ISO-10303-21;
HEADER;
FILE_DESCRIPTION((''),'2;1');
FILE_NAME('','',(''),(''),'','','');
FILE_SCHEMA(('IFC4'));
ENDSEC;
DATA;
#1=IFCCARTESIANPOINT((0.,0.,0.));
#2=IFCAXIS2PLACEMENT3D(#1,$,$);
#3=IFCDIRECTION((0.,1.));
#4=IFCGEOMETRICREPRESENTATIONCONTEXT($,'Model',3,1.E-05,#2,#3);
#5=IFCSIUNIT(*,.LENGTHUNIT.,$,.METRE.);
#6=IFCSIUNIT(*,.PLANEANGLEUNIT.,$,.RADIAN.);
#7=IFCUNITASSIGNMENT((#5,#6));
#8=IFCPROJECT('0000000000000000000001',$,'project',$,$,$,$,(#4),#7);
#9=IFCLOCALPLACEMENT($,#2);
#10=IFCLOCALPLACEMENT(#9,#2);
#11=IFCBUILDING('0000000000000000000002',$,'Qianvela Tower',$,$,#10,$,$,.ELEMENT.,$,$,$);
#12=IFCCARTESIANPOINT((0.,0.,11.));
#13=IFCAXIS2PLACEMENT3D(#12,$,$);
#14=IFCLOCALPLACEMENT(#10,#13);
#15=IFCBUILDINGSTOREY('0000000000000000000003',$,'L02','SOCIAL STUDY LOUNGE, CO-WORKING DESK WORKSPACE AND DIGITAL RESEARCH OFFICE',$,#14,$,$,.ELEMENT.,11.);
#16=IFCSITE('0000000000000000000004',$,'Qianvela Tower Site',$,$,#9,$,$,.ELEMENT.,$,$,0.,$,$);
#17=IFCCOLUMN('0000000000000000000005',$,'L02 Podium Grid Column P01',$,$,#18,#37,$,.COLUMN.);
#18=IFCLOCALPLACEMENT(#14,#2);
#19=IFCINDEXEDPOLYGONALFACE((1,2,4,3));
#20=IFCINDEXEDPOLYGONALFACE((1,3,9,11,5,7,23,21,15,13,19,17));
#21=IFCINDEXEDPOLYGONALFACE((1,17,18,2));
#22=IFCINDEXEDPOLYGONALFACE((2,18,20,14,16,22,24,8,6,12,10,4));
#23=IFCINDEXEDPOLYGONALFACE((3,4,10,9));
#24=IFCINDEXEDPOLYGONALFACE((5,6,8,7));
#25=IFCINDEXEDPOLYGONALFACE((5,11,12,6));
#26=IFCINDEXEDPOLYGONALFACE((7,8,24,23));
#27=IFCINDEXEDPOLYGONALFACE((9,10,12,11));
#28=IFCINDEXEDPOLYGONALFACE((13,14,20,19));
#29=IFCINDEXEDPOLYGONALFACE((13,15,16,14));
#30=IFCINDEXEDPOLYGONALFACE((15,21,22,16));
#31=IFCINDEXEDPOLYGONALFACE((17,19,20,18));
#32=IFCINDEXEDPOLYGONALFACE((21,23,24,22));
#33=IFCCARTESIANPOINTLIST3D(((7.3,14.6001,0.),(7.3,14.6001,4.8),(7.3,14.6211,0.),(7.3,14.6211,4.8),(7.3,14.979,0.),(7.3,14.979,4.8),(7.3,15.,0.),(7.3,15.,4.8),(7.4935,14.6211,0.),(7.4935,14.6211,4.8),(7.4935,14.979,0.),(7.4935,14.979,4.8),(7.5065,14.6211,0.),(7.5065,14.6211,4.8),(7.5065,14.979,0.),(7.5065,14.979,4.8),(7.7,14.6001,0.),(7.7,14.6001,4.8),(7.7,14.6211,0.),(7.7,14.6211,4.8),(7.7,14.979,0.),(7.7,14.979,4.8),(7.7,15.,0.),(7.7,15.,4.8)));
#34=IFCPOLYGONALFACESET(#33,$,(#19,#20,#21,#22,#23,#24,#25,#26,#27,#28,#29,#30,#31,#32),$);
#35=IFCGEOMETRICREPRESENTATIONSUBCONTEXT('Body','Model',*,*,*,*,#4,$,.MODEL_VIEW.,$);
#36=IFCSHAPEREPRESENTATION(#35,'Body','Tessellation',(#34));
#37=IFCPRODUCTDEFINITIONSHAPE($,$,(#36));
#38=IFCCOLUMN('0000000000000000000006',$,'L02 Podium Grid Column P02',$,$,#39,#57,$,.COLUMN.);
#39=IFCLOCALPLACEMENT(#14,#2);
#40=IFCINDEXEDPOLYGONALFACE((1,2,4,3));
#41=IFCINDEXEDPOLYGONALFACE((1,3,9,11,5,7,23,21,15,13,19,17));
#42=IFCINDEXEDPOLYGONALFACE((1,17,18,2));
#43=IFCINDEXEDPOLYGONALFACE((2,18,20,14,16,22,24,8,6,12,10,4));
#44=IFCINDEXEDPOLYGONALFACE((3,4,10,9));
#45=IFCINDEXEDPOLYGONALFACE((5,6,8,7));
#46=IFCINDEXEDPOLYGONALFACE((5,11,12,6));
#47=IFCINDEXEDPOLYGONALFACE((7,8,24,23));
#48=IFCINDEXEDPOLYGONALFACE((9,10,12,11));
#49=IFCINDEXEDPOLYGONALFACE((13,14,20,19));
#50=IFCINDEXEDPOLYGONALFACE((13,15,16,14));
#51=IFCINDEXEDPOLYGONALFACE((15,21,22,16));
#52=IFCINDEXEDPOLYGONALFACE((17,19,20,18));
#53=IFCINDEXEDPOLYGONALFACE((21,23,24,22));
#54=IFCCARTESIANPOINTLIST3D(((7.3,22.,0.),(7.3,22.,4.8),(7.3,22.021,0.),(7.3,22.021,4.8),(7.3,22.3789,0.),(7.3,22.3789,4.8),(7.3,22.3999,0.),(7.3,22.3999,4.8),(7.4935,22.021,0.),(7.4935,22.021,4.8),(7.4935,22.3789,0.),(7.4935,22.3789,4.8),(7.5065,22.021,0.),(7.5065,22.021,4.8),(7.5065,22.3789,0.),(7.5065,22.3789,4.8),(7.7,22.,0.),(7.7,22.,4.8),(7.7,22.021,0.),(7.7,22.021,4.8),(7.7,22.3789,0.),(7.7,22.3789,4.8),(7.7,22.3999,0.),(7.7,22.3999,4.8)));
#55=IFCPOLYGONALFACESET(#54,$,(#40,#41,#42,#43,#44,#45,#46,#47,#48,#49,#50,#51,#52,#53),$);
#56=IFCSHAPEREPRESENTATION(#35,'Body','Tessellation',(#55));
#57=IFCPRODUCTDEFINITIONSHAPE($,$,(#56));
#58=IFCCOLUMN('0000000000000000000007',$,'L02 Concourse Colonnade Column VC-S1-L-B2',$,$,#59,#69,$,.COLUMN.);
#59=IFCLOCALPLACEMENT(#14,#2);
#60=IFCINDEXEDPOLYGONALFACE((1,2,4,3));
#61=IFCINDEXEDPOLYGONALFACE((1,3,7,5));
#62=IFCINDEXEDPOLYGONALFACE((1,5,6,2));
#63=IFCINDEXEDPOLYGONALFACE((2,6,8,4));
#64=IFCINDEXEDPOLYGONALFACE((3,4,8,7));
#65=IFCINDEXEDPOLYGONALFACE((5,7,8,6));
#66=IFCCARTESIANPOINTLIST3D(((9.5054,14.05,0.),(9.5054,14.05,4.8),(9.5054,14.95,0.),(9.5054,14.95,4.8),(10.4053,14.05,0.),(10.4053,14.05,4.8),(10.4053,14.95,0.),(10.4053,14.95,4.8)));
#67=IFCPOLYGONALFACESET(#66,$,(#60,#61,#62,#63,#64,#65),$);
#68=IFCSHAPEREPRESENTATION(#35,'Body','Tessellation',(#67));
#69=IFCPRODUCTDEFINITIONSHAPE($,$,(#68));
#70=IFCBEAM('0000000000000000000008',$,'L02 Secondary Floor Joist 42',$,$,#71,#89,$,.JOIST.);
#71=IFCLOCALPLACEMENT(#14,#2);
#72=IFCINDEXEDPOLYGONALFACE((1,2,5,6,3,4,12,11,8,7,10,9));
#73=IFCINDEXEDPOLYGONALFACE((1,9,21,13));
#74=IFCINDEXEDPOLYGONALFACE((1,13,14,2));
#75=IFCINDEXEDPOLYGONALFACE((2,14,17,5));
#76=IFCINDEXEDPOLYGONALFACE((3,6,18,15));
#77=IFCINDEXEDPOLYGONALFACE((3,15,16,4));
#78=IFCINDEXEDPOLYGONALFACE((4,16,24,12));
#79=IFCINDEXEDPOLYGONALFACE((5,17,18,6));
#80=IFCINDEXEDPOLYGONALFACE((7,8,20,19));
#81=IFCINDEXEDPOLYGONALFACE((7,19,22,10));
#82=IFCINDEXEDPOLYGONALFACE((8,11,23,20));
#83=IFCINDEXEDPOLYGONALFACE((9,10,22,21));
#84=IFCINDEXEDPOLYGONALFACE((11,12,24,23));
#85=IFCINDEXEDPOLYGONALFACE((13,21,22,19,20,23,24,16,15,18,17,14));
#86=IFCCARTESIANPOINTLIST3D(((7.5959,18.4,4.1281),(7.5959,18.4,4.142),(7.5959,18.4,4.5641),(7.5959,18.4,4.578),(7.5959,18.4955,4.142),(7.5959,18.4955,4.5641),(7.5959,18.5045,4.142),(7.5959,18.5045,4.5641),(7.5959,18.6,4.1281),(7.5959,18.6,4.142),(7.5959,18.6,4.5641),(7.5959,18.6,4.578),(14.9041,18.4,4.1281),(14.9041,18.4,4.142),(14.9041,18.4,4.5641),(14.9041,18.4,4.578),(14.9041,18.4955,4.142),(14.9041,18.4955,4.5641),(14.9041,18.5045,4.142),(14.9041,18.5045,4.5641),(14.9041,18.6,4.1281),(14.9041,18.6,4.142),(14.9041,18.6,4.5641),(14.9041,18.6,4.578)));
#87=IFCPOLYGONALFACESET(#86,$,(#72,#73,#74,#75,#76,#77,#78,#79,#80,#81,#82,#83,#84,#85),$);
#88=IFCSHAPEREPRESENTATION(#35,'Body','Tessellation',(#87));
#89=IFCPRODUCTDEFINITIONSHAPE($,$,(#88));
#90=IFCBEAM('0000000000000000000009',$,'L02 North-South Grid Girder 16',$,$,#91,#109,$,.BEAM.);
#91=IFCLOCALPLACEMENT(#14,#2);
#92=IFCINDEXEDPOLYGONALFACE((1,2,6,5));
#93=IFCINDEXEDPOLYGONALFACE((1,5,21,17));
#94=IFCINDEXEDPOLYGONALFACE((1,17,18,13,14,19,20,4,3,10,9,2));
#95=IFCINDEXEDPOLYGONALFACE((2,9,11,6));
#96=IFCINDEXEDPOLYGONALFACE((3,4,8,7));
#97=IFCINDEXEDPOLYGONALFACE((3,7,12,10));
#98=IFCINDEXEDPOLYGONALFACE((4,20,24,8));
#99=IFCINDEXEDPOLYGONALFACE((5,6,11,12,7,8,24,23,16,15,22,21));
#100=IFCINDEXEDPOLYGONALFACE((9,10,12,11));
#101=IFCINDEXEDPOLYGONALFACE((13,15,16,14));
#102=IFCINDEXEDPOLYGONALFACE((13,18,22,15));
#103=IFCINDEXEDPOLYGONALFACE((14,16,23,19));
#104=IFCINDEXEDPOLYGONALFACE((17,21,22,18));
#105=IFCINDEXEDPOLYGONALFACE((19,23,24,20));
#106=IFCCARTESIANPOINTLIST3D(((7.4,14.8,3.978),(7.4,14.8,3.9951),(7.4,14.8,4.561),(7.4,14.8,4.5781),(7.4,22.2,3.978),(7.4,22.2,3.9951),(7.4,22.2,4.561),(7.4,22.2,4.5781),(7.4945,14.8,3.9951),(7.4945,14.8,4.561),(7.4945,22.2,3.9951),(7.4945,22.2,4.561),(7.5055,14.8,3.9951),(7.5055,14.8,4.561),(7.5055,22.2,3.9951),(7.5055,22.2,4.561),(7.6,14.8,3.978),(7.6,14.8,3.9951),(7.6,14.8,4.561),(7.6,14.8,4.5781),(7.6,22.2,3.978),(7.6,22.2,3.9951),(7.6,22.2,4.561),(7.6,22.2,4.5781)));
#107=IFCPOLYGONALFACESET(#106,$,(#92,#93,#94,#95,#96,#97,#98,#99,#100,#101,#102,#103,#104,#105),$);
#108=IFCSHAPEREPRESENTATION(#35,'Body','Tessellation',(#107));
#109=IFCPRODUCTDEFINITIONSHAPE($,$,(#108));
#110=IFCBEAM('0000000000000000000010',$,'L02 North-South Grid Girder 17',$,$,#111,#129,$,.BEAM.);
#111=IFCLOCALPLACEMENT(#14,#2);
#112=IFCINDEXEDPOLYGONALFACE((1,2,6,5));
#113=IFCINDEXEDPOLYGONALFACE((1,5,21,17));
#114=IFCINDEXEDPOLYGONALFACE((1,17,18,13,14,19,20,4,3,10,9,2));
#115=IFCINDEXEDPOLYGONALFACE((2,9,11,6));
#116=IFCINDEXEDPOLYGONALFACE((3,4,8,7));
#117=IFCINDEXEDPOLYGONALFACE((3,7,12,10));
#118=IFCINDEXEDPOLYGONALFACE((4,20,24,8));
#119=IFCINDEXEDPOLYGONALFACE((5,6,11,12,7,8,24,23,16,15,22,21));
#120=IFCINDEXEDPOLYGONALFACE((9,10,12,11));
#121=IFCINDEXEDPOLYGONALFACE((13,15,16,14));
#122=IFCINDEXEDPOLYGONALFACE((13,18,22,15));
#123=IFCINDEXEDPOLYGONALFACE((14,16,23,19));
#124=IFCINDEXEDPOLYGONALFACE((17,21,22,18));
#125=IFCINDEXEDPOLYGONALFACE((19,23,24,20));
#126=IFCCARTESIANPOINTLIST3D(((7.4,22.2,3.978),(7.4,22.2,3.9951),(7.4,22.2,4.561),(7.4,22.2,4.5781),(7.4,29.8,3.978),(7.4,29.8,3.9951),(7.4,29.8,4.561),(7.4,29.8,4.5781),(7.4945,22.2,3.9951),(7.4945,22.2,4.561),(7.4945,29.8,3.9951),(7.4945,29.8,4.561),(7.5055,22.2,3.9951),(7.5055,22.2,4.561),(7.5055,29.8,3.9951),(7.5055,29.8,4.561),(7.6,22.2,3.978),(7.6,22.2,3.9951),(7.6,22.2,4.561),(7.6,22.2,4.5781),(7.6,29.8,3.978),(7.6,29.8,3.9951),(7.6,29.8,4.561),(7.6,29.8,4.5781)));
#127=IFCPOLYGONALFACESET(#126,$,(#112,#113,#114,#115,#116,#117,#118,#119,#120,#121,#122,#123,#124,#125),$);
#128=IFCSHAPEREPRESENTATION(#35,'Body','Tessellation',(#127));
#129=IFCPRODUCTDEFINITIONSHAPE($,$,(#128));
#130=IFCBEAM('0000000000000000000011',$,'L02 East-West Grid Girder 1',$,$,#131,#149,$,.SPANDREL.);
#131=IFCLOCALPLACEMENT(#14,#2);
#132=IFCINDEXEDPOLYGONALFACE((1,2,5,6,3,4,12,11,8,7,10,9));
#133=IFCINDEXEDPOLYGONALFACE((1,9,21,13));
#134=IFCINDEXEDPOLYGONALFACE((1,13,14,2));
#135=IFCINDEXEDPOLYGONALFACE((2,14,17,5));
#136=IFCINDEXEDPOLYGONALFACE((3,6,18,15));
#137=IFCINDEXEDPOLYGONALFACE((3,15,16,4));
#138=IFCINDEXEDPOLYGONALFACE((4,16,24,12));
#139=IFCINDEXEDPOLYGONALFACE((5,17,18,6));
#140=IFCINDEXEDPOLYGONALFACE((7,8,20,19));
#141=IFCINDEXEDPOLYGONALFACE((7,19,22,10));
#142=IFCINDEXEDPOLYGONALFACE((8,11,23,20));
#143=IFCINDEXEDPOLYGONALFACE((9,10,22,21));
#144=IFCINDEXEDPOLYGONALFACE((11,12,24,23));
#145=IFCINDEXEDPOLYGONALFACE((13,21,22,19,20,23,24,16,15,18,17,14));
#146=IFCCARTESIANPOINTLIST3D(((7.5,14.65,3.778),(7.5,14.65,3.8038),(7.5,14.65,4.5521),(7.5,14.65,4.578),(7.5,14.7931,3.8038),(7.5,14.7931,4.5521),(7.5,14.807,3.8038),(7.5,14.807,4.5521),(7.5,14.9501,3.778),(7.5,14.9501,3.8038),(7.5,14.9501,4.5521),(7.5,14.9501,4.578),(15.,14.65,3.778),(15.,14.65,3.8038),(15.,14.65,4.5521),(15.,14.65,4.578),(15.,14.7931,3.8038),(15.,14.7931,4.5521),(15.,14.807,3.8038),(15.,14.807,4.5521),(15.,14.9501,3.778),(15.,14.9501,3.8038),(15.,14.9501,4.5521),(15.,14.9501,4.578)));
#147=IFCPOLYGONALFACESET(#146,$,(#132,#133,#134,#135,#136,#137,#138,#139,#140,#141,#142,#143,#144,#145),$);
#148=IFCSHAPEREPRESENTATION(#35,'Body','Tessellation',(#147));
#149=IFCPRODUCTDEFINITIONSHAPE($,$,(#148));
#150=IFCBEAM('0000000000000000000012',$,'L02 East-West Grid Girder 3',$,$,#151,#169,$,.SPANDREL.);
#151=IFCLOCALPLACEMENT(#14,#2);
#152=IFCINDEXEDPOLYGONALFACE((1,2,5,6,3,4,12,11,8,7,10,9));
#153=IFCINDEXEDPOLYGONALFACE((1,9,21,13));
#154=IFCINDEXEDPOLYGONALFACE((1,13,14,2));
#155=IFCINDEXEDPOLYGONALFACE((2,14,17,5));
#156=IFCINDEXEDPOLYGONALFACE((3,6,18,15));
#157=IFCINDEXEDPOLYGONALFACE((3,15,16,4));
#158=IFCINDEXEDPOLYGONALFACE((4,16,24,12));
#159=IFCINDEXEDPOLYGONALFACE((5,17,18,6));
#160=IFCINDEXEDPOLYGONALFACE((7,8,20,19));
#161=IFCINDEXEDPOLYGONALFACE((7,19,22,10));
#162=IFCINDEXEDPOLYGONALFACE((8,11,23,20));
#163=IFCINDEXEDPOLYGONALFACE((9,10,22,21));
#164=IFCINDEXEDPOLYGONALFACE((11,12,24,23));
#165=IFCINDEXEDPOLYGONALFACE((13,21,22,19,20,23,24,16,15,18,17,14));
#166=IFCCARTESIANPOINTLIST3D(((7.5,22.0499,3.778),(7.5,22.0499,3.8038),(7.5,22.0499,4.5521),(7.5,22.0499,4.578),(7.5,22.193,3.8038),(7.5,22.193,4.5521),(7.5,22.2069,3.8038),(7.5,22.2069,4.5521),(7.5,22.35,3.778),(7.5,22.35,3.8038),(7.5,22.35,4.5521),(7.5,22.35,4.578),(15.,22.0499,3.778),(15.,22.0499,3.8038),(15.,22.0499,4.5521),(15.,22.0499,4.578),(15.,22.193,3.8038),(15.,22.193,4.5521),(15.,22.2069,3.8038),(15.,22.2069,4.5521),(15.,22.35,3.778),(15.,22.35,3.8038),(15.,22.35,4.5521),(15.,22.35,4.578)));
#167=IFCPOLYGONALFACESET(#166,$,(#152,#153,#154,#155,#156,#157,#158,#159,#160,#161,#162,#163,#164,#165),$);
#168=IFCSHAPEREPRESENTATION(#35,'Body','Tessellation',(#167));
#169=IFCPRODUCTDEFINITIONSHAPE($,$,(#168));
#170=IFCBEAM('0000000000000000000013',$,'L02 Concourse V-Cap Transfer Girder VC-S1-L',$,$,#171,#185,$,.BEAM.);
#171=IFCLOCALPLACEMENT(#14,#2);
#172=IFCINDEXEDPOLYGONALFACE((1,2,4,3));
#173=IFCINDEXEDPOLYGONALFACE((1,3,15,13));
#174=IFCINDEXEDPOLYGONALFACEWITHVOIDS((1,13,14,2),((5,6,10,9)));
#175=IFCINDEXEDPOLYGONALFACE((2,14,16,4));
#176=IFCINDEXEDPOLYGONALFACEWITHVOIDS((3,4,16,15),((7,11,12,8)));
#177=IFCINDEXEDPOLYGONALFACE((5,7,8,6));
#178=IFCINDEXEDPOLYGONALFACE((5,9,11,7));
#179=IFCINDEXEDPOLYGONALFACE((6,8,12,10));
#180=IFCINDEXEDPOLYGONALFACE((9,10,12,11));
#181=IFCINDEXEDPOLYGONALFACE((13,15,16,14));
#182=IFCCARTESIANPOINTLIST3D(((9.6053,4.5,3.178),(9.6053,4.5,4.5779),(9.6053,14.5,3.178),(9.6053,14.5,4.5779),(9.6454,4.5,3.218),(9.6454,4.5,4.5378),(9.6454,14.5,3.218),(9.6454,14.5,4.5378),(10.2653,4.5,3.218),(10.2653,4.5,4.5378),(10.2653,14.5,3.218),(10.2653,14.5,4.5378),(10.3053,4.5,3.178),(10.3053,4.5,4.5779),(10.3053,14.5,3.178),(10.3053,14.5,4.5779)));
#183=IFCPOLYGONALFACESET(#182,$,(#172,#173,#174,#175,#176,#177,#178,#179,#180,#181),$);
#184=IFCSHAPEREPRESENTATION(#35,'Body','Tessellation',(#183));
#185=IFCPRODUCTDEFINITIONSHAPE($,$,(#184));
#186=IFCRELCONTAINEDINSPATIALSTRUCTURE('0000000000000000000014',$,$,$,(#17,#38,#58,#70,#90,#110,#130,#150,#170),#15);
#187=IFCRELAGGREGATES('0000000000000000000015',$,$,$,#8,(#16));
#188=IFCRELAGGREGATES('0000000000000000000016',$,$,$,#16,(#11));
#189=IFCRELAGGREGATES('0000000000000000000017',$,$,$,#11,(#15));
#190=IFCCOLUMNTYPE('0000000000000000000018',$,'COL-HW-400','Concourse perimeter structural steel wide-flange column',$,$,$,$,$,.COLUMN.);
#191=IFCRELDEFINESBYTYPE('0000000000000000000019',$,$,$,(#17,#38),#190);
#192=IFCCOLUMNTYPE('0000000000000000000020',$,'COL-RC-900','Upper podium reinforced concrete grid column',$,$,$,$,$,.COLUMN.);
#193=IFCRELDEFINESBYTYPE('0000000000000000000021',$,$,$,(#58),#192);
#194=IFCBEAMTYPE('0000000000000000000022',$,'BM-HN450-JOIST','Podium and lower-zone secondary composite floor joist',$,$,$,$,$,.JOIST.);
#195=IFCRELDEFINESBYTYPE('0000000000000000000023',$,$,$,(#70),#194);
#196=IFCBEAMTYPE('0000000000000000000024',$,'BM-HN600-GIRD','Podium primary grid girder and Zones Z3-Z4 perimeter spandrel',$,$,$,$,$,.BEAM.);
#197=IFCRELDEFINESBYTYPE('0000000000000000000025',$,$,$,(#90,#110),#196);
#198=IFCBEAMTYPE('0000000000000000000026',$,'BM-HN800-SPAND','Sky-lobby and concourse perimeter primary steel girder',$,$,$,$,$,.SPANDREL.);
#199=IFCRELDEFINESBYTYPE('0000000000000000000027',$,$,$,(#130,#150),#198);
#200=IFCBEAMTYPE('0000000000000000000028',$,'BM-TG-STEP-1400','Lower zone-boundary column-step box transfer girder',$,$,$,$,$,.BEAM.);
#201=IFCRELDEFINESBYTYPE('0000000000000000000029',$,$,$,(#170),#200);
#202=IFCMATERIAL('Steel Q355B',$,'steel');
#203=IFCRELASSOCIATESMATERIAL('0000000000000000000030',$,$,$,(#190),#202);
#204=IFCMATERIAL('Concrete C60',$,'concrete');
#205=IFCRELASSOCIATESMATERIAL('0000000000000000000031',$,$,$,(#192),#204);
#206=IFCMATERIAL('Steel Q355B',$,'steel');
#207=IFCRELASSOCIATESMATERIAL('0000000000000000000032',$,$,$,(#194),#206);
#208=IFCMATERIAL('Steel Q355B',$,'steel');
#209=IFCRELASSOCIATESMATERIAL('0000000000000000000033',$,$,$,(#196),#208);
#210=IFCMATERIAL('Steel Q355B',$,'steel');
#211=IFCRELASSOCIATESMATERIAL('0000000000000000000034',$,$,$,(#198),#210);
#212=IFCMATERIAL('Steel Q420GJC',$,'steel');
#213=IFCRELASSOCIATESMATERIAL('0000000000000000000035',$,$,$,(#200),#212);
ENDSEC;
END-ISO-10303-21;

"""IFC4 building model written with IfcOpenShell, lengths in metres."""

from ifc_helpers import new_model, si_unit, direction, frame, origin, origin_2d, place, context, subcontext, project, spatial, rectangle, hollow_rectangle, i_section, extrude, material, material_profile, profile_set, type_object, element, save


model = new_model("IFC4")

# Units and contexts
model_context = context("Model", 3, precision=1e-05, world=origin(), true_north=direction((0.0, 1.0)))
body_context = subcontext(model_context, "Body", "Model", "MODEL_VIEW")
ifc_project = project(units=[si_unit("LENGTHUNIT", "METRE"), si_unit("PLANEANGLEUNIT", "RADIAN")], contexts=[model_context])

# Site, building, storey
site_placement = place(None, origin())
site = spatial("IfcSite", under=ifc_project, at=site_placement, Name="Qianvela Tower Site", CompositionType="ELEMENT", RefElevation=0.0)
building_placement = place(site_placement, origin())
building = spatial("IfcBuilding", under=site, at=building_placement, Name="Qianvela Tower", CompositionType="ELEMENT")
storey_placement = place(building_placement, frame((0.0, 0.0, 11.0)))
storey = spatial("IfcBuildingStorey", under=building, at=storey_placement, Name="L02", Description="SOCIAL STUDY LOUNGE, CO-WORKING DESK WORKSPACE AND DIGITAL RESEARCH OFFICE", CompositionType="ELEMENT", Elevation=11.0)

# Columns
ifc_material_1 = material(Name="Steel Q355B", Category="steel")
ifc_material_profile_1 = material_profile(ifc_material_1, i_section(OverallWidth=0.3999, OverallDepth=0.3999, WebThickness=0.0129, FlangeThickness=0.021, at=origin_2d()), Name="HW400x400x13x21")
ifc_profile_set_1 = profile_set([ifc_material_profile_1], Name="Steel Q355B")
column_type_1 = type_object("IfcColumnType", Name="COL-HW-400", Description="Concourse perimeter structural steel wide-flange column", PredefinedType="COLUMN", material=ifc_profile_set_1)
for number, where, z_axis, x_axis, name in (
    (1, (7.5, 14.8, 0.0), (0.0, 0.0, 1.0), (1.0, 0.0, 0.0), "L02 Podium Grid Column P01"),
    (2, (7.5, 22.2, 0.0), (0.0, 0.0, 1.0), (1.0, 0.0, 0.0), "L02 Podium Grid Column P02"),
):
    element("IfcColumn", number, at=place(storey_placement, frame(where, z_axis=z_axis, x_axis=x_axis)), inside=storey, type_object=column_type_1, Name=name, PredefinedType="COLUMN", context=body_context, shape_type="SweptSolid", body=[
        extrude(i_section(OverallWidth=0.3999, OverallDepth=0.3999, WebThickness=0.0129, FlangeThickness=0.021, at=origin_2d()), origin(), (0.0, 0.0, 1.0), 4.8),
    ])
ifc_material_2 = material(Name="Concrete C60", Category="concrete")
ifc_material_profile_2 = material_profile(ifc_material_2, rectangle(XDim=0.8999, YDim=0.8999, at=origin_2d()), Name="RC-COL-900x900")
ifc_profile_set_2 = profile_set([ifc_material_profile_2], Name="Concrete C60")
column_type_2 = type_object("IfcColumnType", Name="COL-RC-900", Description="Upper podium reinforced concrete grid column", PredefinedType="COLUMN", material=ifc_profile_set_2)
column_placement = place(storey_placement, frame((9.9553, 14.5, 0.0), z_axis=(0.0, 0.0, 1.0), x_axis=(1.0, 0.0, 0.0)))
element("IfcColumn", 3, at=column_placement, inside=storey, type_object=column_type_2, Name="L02 Concourse Colonnade Column VC-S1-L-B2", PredefinedType="COLUMN", context=body_context, shape_type="SweptSolid", body=[
    extrude(rectangle(XDim=0.8999, YDim=0.8999, at=origin_2d()), origin(), (0.0, 0.0, 1.0), 4.8),
])

# Beams
ifc_material_3 = material(Name="Steel Q355B", Category="steel")
ifc_material_profile_3 = material_profile(ifc_material_3, i_section(OverallWidth=0.2, OverallDepth=0.45, WebThickness=0.009, FlangeThickness=0.0139, at=origin_2d()), Name="HN450x200x9x14")
ifc_profile_set_3 = profile_set([ifc_material_profile_3], Name="Steel Q355B")
beam_type_1 = type_object("IfcBeamType", Name="BM-HN450-JOIST", Description="Podium and lower-zone secondary composite floor joist", PredefinedType="JOIST", material=ifc_profile_set_3)
beam_1_placement = place(storey_placement, frame((7.5959, 18.5, 4.353), z_axis=(1.0, 0.0, 0.0), x_axis=(0.0, 1.0, 0.0)))
element("IfcBeam", 4, at=beam_1_placement, inside=storey, type_object=beam_type_1, Name="L02 Secondary Floor Joist 42", PredefinedType="JOIST", context=body_context, shape_type="SweptSolid", body=[
    extrude(i_section(OverallWidth=0.2, OverallDepth=0.45, WebThickness=0.009, FlangeThickness=0.0139, at=origin_2d()), origin(), (0.0, 0.0, 1.0), 7.3081),
])
ifc_material_4 = material(Name="Steel Q355B", Category="steel")
ifc_material_profile_4 = material_profile(ifc_material_4, i_section(OverallWidth=0.2, OverallDepth=0.6001, WebThickness=0.011, FlangeThickness=0.0171, at=origin_2d()), Name="HN600x200x11x17")
ifc_profile_set_4 = profile_set([ifc_material_profile_4], Name="Steel Q355B")
beam_type_2 = type_object("IfcBeamType", Name="BM-HN600-GIRD", Description="Podium primary grid girder and Zones Z3-Z4 perimeter spandrel", PredefinedType="BEAM", material=ifc_profile_set_4)
beam_2_placement = place(storey_placement, frame((7.5, 14.8, 4.2781), z_axis=(0.0, 1.0, 0.0), x_axis=(-1.0, 0.0, 0.0)))
element("IfcBeam", 5, at=beam_2_placement, inside=storey, type_object=beam_type_2, Name="L02 North-South Grid Girder 16", PredefinedType="BEAM", context=body_context, shape_type="SweptSolid", body=[
    extrude(i_section(OverallWidth=0.2, OverallDepth=0.6001, WebThickness=0.011, FlangeThickness=0.0171, at=origin_2d()), origin(), (0.0, 0.0, 1.0), 7.3999),
])
beam_3_placement = place(storey_placement, frame((7.5, 22.2, 4.2781), z_axis=(0.0, 1.0, 0.0), x_axis=(-1.0, 0.0, 0.0)))
element("IfcBeam", 6, at=beam_3_placement, inside=storey, type_object=beam_type_2, Name="L02 North-South Grid Girder 17", PredefinedType="BEAM", context=body_context, shape_type="SweptSolid", body=[
    extrude(i_section(OverallWidth=0.2, OverallDepth=0.6001, WebThickness=0.011, FlangeThickness=0.0171, at=origin_2d()), origin(), (0.0, 0.0, 1.0), 7.6001),
])
ifc_material_5 = material(Name="Steel Q355B", Category="steel")
ifc_material_profile_5 = material_profile(ifc_material_5, i_section(OverallWidth=0.3, OverallDepth=0.8, WebThickness=0.0139, FlangeThickness=0.0259, at=origin_2d()), Name="HN800x300x14x26")
ifc_profile_set_5 = profile_set([ifc_material_profile_5], Name="Steel Q355B")
beam_type_3 = type_object("IfcBeamType", Name="BM-HN800-SPAND", Description="Sky-lobby and concourse perimeter primary steel girder", PredefinedType="SPANDREL", material=ifc_profile_set_5)
for number, where, z_axis, x_axis, name in (
    (7, (7.5, 14.8, 4.178), (1.0, 0.0, 0.0), (0.0, 1.0, 0.0), "L02 East-West Grid Girder 1"),
    (8, (7.5, 22.2, 4.178), (1.0, 0.0, 0.0), (0.0, 1.0, 0.0), "L02 East-West Grid Girder 3"),
):
    element("IfcBeam", number, at=place(storey_placement, frame(where, z_axis=z_axis, x_axis=x_axis)), inside=storey, type_object=beam_type_3, Name=name, PredefinedType="SPANDREL", context=body_context, shape_type="SweptSolid", body=[
        extrude(i_section(OverallWidth=0.3, OverallDepth=0.8, WebThickness=0.0139, FlangeThickness=0.0259, at=origin_2d()), origin(), (0.0, 0.0, 1.0), 7.5),
    ])
ifc_material_6 = material(Name="Steel Q420GJC", Category="steel")
ifc_material_profile_6 = material_profile(ifc_material_6, hollow_rectangle(XDim=0.7, YDim=1.3999, WallThickness=0.04, at=origin_2d()), Name="TG-BOX-1400x700x40")
ifc_profile_set_6 = profile_set([ifc_material_profile_6], Name="Steel Q420GJC")
beam_type_4 = type_object("IfcBeamType", Name="BM-TG-STEP-1400", Description="Lower zone-boundary column-step box transfer girder", PredefinedType="BEAM", material=ifc_profile_set_6)
beam_4_placement = place(storey_placement, frame((9.9553, 14.5, 3.8779), z_axis=(0.0, -1.0, 0.0), x_axis=(1.0, 0.0, 0.0)))
element("IfcBeam", 9, at=beam_4_placement, inside=storey, type_object=beam_type_4, Name="L02 Concourse V-Cap Transfer Girder VC-S1-L", PredefinedType="BEAM", context=body_context, shape_type="SweptSolid", body=[
    extrude(hollow_rectangle(XDim=0.7, YDim=1.3999, WallThickness=0.04, at=origin_2d()), origin(), (0.0, 0.0, 1.0), 10.0),
])

save(model, "model.ifc")
